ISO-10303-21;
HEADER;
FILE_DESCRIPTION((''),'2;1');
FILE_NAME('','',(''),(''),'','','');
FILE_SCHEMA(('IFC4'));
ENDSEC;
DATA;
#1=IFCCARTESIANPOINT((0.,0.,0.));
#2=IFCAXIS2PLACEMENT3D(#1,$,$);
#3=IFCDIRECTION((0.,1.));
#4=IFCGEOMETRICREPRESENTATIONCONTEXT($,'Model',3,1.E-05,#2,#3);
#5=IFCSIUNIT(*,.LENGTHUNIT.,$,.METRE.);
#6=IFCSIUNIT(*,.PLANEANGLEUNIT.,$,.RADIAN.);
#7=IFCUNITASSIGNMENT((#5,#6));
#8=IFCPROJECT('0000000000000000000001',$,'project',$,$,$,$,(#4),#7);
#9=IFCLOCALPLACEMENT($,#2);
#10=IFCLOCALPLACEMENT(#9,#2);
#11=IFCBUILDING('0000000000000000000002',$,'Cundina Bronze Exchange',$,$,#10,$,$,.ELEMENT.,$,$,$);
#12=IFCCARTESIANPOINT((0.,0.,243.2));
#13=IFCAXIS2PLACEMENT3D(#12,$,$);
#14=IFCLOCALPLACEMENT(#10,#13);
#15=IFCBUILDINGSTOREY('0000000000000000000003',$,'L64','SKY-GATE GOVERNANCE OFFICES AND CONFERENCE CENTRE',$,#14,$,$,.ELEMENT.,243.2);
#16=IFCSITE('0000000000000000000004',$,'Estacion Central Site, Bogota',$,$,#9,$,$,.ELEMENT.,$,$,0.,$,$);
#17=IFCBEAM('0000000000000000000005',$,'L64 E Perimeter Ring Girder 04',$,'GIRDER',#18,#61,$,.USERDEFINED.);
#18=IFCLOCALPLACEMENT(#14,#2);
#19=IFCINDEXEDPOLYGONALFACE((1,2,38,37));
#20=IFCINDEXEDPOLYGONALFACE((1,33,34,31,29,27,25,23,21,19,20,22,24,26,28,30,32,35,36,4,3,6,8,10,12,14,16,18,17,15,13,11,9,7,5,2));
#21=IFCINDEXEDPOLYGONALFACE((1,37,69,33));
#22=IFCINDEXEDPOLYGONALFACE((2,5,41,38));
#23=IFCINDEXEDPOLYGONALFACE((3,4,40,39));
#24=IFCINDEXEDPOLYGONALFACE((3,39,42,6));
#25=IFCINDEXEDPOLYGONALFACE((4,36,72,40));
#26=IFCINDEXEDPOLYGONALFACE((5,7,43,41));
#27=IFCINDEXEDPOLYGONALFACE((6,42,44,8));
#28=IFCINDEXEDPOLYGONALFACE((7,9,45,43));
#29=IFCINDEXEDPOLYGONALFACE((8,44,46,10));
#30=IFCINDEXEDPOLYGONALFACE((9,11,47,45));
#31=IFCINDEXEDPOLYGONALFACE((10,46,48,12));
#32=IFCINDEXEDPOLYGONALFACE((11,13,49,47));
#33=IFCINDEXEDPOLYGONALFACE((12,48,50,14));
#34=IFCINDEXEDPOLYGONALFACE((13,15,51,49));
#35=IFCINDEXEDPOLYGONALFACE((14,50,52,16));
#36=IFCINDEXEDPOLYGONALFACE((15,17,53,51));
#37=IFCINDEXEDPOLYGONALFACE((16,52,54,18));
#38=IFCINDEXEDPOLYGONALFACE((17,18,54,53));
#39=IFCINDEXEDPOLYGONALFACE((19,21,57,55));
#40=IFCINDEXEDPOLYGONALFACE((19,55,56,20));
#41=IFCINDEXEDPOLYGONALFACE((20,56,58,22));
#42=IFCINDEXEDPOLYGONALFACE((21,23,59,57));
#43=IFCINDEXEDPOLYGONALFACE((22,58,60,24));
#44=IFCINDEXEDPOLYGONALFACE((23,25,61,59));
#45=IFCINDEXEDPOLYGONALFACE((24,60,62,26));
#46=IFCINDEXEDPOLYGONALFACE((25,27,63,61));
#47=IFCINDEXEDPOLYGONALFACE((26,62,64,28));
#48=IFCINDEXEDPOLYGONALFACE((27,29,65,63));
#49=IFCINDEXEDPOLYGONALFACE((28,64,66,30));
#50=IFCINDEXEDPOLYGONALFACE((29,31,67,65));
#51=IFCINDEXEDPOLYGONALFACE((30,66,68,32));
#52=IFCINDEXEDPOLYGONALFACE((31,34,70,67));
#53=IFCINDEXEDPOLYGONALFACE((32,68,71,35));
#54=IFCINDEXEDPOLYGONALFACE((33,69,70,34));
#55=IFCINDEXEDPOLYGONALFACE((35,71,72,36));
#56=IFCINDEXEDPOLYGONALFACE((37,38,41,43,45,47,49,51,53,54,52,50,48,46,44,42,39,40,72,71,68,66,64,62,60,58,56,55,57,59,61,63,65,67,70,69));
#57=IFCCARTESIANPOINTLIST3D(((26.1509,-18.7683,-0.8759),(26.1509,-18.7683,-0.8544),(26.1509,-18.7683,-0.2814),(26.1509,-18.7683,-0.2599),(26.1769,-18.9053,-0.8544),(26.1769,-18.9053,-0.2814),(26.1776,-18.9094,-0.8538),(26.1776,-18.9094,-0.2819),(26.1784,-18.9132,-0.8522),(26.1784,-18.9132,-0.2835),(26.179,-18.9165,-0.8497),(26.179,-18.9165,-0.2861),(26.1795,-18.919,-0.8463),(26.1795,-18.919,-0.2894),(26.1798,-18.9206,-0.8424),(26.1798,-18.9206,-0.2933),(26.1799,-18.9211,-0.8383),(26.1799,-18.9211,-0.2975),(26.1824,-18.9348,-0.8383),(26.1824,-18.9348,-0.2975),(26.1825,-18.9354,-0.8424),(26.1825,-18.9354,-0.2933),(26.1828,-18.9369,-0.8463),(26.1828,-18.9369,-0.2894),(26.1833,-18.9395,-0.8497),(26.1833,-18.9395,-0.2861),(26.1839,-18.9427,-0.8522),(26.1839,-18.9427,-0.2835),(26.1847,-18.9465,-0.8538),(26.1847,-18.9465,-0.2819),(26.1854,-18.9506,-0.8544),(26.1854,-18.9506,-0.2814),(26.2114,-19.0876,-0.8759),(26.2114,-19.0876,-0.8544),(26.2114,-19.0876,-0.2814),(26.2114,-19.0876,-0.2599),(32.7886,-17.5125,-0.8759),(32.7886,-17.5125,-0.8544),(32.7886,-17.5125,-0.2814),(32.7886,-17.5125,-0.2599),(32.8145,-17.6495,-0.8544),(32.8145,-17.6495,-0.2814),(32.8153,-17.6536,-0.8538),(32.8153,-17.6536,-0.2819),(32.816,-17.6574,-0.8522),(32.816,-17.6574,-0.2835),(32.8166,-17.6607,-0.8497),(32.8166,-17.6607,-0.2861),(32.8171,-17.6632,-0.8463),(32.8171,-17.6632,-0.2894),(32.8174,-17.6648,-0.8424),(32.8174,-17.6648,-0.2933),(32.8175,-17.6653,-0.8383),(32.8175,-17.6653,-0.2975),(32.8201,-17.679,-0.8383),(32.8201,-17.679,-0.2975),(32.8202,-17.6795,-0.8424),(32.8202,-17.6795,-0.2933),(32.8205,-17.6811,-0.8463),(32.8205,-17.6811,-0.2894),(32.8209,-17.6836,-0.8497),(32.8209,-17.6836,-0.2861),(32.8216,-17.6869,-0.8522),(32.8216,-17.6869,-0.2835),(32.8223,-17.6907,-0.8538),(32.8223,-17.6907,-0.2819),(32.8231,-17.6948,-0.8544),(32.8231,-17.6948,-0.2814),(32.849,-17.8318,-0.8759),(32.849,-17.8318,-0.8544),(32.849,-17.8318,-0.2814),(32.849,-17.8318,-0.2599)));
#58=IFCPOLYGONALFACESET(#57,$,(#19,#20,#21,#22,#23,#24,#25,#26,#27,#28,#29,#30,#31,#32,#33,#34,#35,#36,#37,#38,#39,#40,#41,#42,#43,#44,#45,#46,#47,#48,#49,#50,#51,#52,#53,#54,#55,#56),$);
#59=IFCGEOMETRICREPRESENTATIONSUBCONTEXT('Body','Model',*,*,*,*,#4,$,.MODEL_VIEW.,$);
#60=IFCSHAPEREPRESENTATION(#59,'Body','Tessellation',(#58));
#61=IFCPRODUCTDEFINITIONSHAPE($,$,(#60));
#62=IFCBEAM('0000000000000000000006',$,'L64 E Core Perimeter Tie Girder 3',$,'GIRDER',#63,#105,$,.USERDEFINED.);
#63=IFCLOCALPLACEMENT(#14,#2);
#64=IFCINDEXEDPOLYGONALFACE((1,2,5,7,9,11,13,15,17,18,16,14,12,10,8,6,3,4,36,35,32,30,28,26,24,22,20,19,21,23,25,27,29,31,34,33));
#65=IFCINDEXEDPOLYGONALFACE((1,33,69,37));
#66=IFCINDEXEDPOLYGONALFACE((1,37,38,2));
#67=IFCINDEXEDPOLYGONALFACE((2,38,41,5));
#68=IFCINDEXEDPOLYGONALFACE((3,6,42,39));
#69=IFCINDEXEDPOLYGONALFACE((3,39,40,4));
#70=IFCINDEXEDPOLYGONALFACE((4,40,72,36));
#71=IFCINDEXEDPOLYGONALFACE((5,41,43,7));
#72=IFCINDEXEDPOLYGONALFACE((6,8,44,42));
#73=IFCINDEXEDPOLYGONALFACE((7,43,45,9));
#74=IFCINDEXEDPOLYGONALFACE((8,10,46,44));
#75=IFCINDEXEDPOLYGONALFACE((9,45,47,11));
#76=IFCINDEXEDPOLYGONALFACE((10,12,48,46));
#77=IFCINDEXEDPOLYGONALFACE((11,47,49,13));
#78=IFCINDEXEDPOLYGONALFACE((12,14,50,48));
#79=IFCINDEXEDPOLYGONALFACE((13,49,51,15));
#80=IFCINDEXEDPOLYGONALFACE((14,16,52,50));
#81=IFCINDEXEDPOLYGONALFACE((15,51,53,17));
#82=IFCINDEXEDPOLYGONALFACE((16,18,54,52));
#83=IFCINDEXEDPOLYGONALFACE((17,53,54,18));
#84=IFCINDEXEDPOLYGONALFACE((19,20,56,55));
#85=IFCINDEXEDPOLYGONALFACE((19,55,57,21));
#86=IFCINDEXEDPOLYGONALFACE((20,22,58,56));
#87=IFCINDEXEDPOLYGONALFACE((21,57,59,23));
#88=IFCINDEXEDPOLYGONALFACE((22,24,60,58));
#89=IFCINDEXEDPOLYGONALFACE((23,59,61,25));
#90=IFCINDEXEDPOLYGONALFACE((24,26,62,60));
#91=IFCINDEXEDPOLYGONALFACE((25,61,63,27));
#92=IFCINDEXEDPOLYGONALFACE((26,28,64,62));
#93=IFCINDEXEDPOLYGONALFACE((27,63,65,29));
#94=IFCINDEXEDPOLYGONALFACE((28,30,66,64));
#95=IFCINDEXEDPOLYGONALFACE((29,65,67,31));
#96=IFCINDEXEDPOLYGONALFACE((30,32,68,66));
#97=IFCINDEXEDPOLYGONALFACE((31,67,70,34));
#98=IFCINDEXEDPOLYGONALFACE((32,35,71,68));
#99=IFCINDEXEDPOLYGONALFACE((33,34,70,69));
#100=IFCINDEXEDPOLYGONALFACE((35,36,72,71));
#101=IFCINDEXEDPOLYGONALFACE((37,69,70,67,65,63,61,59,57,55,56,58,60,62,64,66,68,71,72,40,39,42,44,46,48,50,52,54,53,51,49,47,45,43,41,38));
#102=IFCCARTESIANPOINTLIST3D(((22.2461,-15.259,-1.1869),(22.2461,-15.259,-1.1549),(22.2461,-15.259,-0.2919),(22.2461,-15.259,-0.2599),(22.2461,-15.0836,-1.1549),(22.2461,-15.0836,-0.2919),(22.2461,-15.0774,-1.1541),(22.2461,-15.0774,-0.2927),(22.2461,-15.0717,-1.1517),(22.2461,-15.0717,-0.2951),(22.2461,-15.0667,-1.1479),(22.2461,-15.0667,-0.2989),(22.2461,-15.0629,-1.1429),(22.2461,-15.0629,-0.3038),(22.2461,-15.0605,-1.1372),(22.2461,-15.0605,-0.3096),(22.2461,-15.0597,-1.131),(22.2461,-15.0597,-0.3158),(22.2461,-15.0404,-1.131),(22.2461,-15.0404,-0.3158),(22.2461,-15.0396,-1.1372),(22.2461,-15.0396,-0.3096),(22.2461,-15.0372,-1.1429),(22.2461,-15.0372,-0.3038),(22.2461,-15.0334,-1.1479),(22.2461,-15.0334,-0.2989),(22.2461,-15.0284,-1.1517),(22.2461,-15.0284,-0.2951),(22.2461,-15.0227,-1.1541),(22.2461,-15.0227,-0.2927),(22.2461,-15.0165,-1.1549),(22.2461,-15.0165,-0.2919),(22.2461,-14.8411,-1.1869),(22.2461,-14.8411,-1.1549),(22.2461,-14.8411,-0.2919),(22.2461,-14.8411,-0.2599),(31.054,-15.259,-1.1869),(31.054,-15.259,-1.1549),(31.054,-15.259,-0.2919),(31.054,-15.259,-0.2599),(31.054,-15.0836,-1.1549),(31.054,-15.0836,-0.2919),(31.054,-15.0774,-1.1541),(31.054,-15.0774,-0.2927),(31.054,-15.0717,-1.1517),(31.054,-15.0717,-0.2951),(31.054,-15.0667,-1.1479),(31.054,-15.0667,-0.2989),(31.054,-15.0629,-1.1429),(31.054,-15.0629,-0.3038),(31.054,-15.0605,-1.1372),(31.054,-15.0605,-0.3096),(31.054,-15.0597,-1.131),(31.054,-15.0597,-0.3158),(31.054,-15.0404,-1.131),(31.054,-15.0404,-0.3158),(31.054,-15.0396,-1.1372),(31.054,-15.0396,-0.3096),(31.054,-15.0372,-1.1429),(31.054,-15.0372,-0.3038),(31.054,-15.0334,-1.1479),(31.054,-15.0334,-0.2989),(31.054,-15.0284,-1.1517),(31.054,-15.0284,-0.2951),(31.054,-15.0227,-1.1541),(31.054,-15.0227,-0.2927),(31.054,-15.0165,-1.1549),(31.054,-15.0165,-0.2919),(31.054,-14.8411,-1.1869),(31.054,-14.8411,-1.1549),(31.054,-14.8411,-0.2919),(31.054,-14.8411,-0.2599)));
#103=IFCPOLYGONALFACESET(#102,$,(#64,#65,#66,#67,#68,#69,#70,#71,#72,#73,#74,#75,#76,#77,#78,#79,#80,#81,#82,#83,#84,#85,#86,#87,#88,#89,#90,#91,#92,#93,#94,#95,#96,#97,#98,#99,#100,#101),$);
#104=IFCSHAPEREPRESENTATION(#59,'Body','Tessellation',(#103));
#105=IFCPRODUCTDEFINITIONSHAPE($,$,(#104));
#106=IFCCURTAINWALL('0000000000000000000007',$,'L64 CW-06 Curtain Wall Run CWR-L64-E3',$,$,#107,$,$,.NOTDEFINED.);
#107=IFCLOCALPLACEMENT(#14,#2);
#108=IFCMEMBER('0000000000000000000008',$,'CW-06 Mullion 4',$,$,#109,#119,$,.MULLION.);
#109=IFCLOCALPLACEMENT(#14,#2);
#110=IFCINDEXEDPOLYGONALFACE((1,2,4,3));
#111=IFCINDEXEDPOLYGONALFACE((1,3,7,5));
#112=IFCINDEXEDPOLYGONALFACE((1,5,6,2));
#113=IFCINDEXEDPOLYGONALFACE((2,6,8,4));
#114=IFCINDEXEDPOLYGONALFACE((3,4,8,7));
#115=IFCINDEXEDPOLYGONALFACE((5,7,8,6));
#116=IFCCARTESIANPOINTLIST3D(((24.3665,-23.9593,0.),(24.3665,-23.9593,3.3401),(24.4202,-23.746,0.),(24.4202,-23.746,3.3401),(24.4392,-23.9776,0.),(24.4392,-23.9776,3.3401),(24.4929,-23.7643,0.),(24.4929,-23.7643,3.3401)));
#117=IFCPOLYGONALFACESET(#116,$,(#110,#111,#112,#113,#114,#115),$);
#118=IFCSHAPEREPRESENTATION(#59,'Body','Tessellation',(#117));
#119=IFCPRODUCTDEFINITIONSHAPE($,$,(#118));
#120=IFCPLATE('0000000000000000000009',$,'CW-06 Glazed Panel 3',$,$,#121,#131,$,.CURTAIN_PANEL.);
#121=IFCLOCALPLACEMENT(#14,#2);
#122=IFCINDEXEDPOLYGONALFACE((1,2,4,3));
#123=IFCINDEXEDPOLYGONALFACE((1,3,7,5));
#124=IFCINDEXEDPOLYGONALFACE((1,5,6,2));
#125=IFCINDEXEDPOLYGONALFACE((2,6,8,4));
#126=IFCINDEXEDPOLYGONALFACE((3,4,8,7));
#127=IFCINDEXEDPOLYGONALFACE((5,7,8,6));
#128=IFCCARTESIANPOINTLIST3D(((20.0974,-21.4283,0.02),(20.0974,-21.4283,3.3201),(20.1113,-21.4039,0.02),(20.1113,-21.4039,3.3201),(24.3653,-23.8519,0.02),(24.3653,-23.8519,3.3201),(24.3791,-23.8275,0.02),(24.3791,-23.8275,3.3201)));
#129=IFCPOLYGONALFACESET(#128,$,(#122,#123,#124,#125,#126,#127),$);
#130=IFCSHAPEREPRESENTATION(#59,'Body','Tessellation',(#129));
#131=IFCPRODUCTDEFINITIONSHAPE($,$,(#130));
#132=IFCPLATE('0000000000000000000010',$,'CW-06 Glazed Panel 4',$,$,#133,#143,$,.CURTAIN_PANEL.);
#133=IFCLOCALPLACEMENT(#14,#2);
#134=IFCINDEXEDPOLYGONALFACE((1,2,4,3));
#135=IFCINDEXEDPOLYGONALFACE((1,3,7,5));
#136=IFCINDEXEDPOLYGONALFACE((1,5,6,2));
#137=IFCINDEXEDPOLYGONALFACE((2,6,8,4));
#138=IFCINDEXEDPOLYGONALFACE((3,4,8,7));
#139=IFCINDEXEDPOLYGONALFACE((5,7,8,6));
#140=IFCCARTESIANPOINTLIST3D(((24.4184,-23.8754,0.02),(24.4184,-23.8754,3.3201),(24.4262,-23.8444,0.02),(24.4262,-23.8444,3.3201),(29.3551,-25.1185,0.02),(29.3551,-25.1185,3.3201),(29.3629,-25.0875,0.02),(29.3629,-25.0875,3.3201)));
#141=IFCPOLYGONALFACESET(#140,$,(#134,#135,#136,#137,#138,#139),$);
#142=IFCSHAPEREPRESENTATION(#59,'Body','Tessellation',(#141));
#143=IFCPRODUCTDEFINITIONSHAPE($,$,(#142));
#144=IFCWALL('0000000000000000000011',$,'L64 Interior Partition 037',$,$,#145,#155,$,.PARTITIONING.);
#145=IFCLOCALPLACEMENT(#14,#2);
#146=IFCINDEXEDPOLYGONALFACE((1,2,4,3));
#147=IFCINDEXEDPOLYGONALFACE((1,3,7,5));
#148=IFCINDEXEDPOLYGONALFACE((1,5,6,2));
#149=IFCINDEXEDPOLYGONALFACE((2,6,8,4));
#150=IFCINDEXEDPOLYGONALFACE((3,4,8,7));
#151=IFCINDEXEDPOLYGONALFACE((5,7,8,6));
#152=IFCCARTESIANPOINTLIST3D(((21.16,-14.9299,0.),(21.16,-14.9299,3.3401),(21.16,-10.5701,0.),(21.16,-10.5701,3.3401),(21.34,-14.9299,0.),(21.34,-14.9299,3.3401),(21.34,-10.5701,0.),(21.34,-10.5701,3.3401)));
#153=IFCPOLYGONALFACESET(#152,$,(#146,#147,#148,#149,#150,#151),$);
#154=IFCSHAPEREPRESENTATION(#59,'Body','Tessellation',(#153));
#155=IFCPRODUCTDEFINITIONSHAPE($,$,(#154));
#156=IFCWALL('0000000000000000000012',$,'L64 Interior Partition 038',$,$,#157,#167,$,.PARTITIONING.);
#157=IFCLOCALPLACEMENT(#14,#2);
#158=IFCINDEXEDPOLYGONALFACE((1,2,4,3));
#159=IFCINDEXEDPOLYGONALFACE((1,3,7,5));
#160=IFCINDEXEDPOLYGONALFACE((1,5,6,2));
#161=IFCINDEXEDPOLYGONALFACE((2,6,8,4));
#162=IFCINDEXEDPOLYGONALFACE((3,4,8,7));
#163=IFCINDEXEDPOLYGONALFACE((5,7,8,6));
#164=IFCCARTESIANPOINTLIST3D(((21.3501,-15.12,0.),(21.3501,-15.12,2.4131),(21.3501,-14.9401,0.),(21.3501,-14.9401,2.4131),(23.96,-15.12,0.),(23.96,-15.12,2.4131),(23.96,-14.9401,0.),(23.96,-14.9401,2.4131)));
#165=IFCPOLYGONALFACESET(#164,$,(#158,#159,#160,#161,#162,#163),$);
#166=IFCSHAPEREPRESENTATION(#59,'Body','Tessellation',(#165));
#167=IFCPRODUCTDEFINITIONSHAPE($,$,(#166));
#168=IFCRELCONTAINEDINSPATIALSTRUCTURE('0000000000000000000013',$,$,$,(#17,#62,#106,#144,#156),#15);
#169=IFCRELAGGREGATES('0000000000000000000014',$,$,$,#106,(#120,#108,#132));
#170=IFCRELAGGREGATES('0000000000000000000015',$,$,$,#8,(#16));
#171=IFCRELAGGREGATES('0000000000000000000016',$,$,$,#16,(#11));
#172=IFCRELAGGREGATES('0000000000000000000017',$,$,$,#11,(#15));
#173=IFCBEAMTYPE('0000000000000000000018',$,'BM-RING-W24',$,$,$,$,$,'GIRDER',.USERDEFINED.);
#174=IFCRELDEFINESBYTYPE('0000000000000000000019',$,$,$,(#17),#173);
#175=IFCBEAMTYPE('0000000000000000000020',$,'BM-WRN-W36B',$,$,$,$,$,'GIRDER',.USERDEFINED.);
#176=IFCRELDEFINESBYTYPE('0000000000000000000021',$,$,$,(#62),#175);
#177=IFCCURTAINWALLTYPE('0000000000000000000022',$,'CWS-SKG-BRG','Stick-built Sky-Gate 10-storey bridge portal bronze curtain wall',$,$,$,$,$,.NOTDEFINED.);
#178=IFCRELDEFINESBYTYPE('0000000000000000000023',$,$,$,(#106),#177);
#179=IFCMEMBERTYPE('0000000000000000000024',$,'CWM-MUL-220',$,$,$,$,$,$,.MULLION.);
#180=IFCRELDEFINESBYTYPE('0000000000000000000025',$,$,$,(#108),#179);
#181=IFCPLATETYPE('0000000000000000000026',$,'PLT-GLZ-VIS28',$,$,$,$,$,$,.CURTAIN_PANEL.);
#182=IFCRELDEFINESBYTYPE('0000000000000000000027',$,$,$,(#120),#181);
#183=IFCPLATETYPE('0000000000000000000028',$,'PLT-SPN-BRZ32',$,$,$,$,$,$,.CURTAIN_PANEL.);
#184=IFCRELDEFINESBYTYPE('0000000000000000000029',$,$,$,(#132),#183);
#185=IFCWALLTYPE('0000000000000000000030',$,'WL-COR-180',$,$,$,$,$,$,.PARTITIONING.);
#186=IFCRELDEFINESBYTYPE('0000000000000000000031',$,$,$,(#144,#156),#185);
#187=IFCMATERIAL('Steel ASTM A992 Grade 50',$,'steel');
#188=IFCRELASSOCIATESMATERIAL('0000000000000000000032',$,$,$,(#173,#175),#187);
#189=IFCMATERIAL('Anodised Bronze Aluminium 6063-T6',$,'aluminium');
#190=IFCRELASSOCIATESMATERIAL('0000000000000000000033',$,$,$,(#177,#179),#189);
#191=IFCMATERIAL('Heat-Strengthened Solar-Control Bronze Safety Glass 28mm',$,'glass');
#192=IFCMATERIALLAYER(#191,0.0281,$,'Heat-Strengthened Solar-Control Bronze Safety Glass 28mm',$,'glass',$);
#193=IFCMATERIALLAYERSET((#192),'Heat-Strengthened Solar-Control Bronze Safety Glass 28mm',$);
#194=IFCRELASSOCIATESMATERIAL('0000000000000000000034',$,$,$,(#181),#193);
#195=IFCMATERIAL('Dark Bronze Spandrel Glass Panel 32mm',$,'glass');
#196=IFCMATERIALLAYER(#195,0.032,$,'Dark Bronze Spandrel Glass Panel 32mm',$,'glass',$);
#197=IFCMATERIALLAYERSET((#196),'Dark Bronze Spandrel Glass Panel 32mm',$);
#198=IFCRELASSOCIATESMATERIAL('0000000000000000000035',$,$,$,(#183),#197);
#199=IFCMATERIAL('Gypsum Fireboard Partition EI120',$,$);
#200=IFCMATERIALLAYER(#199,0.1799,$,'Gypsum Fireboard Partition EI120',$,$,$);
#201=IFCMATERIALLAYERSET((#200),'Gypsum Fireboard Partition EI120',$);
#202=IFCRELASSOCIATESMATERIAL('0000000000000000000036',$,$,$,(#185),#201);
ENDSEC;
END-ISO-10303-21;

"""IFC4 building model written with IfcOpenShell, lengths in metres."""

from ifc_helpers import new_model, si_unit, direction, frame, frame_2d, origin, origin_2d, place, context, subcontext, project, spatial, rectangle, i_section, extrude, material, layer, layer_set, material_profile, profile_set, type_object, element, aggregate, save


model = new_model("IFC4")

# Units and contexts
model_context = context("Model", 3, precision=1e-05, world=origin(), true_north=direction((0.0, 1.0)))
body_context = subcontext(model_context, "Body", "Model", "MODEL_VIEW")
ifc_project = project(units=[si_unit("LENGTHUNIT", "METRE"), si_unit("PLANEANGLEUNIT", "RADIAN")], contexts=[model_context])

# Site, building, storey
site_placement = place(None, origin())
site = spatial("IfcSite", under=ifc_project, at=site_placement, Name="Estacion Central Site, Bogota", CompositionType="ELEMENT", RefElevation=0.0)
building_placement = place(site_placement, origin())
building = spatial("IfcBuilding", under=site, at=building_placement, Name="Cundina Bronze Exchange", CompositionType="ELEMENT")
storey_placement = place(building_placement, frame((0.0, 0.0, 243.2)))
storey = spatial("IfcBuildingStorey", under=building, at=storey_placement, Name="L64", Description="SKY-GATE GOVERNANCE OFFICES AND CONFERENCE CENTRE", CompositionType="ELEMENT", Elevation=243.2)

# Shared definitions
ifc_material_1 = material(Name="Steel ASTM A992 Grade 50", Category="steel")

# Beams
ifc_material_profile_1 = material_profile(ifc_material_1, i_section(OverallWidth=0.325, OverallDepth=0.616, WebThickness=0.0139, FlangeThickness=0.0215, FilletRadius=0.0161, at=origin_2d()), Name="W24X117", Category="steel")
ifc_profile_set_1 = profile_set([ifc_material_profile_1], Name="Steel ASTM A992 Grade 50")
beam_type_1 = type_object("IfcBeamType", Name="BM-RING-W24", ElementType="GIRDER", PredefinedType="USERDEFINED", material=ifc_profile_set_1)
beam_1_placement = place(storey_placement, frame((26.1812, -18.928, -0.5679), z_axis=(0.982568, 0.185903, 0.0), x_axis=(-0.185903, 0.982568, 0.0)))
element("IfcBeam", 1, at=beam_1_placement, inside=storey, type_object=beam_type_1, Name="L64 E Perimeter Ring Girder 04", ObjectType="GIRDER", PredefinedType="USERDEFINED", context=body_context, shape_type="SweptSolid", body=[
    extrude(i_section(OverallWidth=0.325, OverallDepth=0.616, WebThickness=0.0139, FlangeThickness=0.0215, FilletRadius=0.0161, at=origin_2d()), origin(), (0.0, 0.0, 1.0), 6.7554),
])
ifc_material_profile_2 = material_profile(ifc_material_1, i_section(OverallWidth=0.418, OverallDepth=0.927, WebThickness=0.0193, FlangeThickness=0.032, FilletRadius=0.0239, at=origin_2d()), Name="W36X231", Category="steel")
ifc_profile_set_2 = profile_set([ifc_material_profile_2], Name="Steel ASTM A992 Grade 50")
beam_type_2 = type_object("IfcBeamType", Name="BM-WRN-W36B", ElementType="GIRDER", PredefinedType="USERDEFINED", material=ifc_profile_set_2)
beam_2_placement = place(storey_placement, frame((22.2461, -15.05, -0.7234), z_axis=(1.0, 0.0, 0.0), x_axis=(0.0, 1.0, 0.0)))
element("IfcBeam", 2, at=beam_2_placement, inside=storey, type_object=beam_type_2, Name="L64 E Core Perimeter Tie Girder 3", ObjectType="GIRDER", PredefinedType="USERDEFINED", context=body_context, shape_type="SweptSolid", body=[
    extrude(i_section(OverallWidth=0.418, OverallDepth=0.927, WebThickness=0.0193, FlangeThickness=0.032, FilletRadius=0.0239, at=origin_2d()), origin(), (0.0, 0.0, 1.0), 8.8079),
])

# Curtain wall, member, plates
ifc_material_2 = material(Name="Anodised Bronze Aluminium 6063-T6", Category="aluminium")
curtain_wall_type = type_object("IfcCurtainWallType", Name="CWS-SKG-BRG", Description="Stick-built Sky-Gate 10-storey bridge portal bronze curtain wall", PredefinedType="NOTDEFINED", material=ifc_material_2)
curtain_wall_placement = place(storey_placement, origin())
curtain_wall = element("IfcCurtainWall", 3, at=curtain_wall_placement, inside=storey, type_object=curtain_wall_type, Name="L64 CW-06 Curtain Wall Run CWR-L64-E3", PredefinedType="NOTDEFINED")
ifc_material_profile_3 = material_profile(ifc_material_2, rectangle(XDim=0.075, YDim=0.22, at=origin_2d()), Name="AL75X220", Category="aluminium")
ifc_profile_set_3 = profile_set([ifc_material_profile_3], Name="Anodised Bronze Aluminium 6063-T6")
member_type = type_object("IfcMemberType", Name="CWM-MUL-220", PredefinedType="MULLION", material=ifc_profile_set_3)
member_placement = place(storey_placement, frame((24.4297, -23.8618, 0.0), z_axis=(0.0, 0.0, 1.0), x_axis=(0.969744, -0.244123, 0.0)))
member = element("IfcMember", 4, at=member_placement, type_object=member_type, Name="CW-06 Mullion 4", PredefinedType="MULLION", context=body_context, shape_type="SweptSolid", body=[
    extrude(rectangle(XDim=0.075, YDim=0.22, at=origin_2d()), origin(), (0.0, 0.0, 1.0), 3.3401),
])
ifc_material_3 = material(Name="Heat-Strengthened Solar-Control Bronze Safety Glass 28mm", Category="glass")
ifc_layer_1 = layer(ifc_material_3, 0.0281, Name="Heat-Strengthened Solar-Control Bronze Safety Glass 28mm", Category="glass")
ifc_layer_set_1 = layer_set([ifc_layer_1], Name="Heat-Strengthened Solar-Control Bronze Safety Glass 28mm")
plate_type_1 = type_object("IfcPlateType", Name="PLT-GLZ-VIS28", PredefinedType="CURTAIN_PANEL", material=ifc_layer_set_1)
plate_1_placement = place(storey_placement, frame((22.2383, -22.6279, 0.02), z_axis=(0.0, 0.0, 1.0), x_axis=(0.869573, -0.493805, 0.0)))
plate_1 = element("IfcPlate", 5, at=plate_1_placement, type_object=plate_type_1, Name="CW-06 Glazed Panel 3", PredefinedType="CURTAIN_PANEL", context=body_context, shape_type="SweptSolid", body=[
    extrude(rectangle(XDim=4.908, YDim=0.0281, at=origin_2d()), origin(), (0.0, 0.0, 1.0), 3.3),
])
ifc_material_4 = material(Name="Dark Bronze Spandrel Glass Panel 32mm", Category="glass")
ifc_layer_2 = layer(ifc_material_4, 0.032, Name="Dark Bronze Spandrel Glass Panel 32mm", Category="glass")
ifc_layer_set_2 = layer_set([ifc_layer_2], Name="Dark Bronze Spandrel Glass Panel 32mm")
plate_type_2 = type_object("IfcPlateType", Name="PLT-SPN-BRZ32", PredefinedType="CURTAIN_PANEL", material=ifc_layer_set_2)
plate_2_placement = place(storey_placement, frame((26.8906, -24.4814, 0.02), z_axis=(0.0, 0.0, 1.0), x_axis=(0.969732, -0.244174, 0.0)))
plate_2 = element("IfcPlate", 6, at=plate_2_placement, type_object=plate_type_2, Name="CW-06 Glazed Panel 4", PredefinedType="CURTAIN_PANEL", context=body_context, shape_type="SweptSolid", body=[
    extrude(rectangle(XDim=5.0908, YDim=0.032, at=origin_2d()), origin(), (0.0, 0.0, 1.0), 3.3),
])
aggregate(curtain_wall, [plate_1, member, plate_2])

# Walls
ifc_material_5 = material(Name="Gypsum Fireboard Partition EI120")
ifc_layer_3 = layer(ifc_material_5, 0.1799, Name="Gypsum Fireboard Partition EI120")
ifc_layer_set_3 = layer_set([ifc_layer_3], Name="Gypsum Fireboard Partition EI120")
wall_type_1 = type_object("IfcWallType", Name="WL-COR-180", PredefinedType="PARTITIONING", material=ifc_layer_set_3)
wall_1_placement = place(storey_placement, frame((21.25, -14.9299, 0.0), z_axis=(0.0, 0.0, 1.0), x_axis=(0.0, 1.0, 0.0)))
element("IfcWall", 7, at=wall_1_placement, inside=storey, type_object=wall_type_1, Name="L64 Interior Partition 037", PredefinedType="PARTITIONING", context=body_context, shape_type="SweptSolid", body=[
    extrude(rectangle(XDim=4.3599, YDim=0.1799, at=frame_2d((2.1799, 0.0))), origin(), (0.0, 0.0, 1.0), 3.3401),
])
wall_2_placement = place(storey_placement, frame((21.3501, -15.03, 0.0), z_axis=(0.0, 0.0, 1.0), x_axis=(1.0, 0.0, 0.0)))
element("IfcWall", 8, at=wall_2_placement, inside=storey, type_object=wall_type_1, Name="L64 Interior Partition 038", PredefinedType="PARTITIONING", context=body_context, shape_type="SweptSolid", body=[
    extrude(rectangle(XDim=2.6099, YDim=0.1799, at=frame_2d((1.3049, 0.0))), origin(), (0.0, 0.0, 1.0), 2.4131),
])

save(model, "model.ifc")
